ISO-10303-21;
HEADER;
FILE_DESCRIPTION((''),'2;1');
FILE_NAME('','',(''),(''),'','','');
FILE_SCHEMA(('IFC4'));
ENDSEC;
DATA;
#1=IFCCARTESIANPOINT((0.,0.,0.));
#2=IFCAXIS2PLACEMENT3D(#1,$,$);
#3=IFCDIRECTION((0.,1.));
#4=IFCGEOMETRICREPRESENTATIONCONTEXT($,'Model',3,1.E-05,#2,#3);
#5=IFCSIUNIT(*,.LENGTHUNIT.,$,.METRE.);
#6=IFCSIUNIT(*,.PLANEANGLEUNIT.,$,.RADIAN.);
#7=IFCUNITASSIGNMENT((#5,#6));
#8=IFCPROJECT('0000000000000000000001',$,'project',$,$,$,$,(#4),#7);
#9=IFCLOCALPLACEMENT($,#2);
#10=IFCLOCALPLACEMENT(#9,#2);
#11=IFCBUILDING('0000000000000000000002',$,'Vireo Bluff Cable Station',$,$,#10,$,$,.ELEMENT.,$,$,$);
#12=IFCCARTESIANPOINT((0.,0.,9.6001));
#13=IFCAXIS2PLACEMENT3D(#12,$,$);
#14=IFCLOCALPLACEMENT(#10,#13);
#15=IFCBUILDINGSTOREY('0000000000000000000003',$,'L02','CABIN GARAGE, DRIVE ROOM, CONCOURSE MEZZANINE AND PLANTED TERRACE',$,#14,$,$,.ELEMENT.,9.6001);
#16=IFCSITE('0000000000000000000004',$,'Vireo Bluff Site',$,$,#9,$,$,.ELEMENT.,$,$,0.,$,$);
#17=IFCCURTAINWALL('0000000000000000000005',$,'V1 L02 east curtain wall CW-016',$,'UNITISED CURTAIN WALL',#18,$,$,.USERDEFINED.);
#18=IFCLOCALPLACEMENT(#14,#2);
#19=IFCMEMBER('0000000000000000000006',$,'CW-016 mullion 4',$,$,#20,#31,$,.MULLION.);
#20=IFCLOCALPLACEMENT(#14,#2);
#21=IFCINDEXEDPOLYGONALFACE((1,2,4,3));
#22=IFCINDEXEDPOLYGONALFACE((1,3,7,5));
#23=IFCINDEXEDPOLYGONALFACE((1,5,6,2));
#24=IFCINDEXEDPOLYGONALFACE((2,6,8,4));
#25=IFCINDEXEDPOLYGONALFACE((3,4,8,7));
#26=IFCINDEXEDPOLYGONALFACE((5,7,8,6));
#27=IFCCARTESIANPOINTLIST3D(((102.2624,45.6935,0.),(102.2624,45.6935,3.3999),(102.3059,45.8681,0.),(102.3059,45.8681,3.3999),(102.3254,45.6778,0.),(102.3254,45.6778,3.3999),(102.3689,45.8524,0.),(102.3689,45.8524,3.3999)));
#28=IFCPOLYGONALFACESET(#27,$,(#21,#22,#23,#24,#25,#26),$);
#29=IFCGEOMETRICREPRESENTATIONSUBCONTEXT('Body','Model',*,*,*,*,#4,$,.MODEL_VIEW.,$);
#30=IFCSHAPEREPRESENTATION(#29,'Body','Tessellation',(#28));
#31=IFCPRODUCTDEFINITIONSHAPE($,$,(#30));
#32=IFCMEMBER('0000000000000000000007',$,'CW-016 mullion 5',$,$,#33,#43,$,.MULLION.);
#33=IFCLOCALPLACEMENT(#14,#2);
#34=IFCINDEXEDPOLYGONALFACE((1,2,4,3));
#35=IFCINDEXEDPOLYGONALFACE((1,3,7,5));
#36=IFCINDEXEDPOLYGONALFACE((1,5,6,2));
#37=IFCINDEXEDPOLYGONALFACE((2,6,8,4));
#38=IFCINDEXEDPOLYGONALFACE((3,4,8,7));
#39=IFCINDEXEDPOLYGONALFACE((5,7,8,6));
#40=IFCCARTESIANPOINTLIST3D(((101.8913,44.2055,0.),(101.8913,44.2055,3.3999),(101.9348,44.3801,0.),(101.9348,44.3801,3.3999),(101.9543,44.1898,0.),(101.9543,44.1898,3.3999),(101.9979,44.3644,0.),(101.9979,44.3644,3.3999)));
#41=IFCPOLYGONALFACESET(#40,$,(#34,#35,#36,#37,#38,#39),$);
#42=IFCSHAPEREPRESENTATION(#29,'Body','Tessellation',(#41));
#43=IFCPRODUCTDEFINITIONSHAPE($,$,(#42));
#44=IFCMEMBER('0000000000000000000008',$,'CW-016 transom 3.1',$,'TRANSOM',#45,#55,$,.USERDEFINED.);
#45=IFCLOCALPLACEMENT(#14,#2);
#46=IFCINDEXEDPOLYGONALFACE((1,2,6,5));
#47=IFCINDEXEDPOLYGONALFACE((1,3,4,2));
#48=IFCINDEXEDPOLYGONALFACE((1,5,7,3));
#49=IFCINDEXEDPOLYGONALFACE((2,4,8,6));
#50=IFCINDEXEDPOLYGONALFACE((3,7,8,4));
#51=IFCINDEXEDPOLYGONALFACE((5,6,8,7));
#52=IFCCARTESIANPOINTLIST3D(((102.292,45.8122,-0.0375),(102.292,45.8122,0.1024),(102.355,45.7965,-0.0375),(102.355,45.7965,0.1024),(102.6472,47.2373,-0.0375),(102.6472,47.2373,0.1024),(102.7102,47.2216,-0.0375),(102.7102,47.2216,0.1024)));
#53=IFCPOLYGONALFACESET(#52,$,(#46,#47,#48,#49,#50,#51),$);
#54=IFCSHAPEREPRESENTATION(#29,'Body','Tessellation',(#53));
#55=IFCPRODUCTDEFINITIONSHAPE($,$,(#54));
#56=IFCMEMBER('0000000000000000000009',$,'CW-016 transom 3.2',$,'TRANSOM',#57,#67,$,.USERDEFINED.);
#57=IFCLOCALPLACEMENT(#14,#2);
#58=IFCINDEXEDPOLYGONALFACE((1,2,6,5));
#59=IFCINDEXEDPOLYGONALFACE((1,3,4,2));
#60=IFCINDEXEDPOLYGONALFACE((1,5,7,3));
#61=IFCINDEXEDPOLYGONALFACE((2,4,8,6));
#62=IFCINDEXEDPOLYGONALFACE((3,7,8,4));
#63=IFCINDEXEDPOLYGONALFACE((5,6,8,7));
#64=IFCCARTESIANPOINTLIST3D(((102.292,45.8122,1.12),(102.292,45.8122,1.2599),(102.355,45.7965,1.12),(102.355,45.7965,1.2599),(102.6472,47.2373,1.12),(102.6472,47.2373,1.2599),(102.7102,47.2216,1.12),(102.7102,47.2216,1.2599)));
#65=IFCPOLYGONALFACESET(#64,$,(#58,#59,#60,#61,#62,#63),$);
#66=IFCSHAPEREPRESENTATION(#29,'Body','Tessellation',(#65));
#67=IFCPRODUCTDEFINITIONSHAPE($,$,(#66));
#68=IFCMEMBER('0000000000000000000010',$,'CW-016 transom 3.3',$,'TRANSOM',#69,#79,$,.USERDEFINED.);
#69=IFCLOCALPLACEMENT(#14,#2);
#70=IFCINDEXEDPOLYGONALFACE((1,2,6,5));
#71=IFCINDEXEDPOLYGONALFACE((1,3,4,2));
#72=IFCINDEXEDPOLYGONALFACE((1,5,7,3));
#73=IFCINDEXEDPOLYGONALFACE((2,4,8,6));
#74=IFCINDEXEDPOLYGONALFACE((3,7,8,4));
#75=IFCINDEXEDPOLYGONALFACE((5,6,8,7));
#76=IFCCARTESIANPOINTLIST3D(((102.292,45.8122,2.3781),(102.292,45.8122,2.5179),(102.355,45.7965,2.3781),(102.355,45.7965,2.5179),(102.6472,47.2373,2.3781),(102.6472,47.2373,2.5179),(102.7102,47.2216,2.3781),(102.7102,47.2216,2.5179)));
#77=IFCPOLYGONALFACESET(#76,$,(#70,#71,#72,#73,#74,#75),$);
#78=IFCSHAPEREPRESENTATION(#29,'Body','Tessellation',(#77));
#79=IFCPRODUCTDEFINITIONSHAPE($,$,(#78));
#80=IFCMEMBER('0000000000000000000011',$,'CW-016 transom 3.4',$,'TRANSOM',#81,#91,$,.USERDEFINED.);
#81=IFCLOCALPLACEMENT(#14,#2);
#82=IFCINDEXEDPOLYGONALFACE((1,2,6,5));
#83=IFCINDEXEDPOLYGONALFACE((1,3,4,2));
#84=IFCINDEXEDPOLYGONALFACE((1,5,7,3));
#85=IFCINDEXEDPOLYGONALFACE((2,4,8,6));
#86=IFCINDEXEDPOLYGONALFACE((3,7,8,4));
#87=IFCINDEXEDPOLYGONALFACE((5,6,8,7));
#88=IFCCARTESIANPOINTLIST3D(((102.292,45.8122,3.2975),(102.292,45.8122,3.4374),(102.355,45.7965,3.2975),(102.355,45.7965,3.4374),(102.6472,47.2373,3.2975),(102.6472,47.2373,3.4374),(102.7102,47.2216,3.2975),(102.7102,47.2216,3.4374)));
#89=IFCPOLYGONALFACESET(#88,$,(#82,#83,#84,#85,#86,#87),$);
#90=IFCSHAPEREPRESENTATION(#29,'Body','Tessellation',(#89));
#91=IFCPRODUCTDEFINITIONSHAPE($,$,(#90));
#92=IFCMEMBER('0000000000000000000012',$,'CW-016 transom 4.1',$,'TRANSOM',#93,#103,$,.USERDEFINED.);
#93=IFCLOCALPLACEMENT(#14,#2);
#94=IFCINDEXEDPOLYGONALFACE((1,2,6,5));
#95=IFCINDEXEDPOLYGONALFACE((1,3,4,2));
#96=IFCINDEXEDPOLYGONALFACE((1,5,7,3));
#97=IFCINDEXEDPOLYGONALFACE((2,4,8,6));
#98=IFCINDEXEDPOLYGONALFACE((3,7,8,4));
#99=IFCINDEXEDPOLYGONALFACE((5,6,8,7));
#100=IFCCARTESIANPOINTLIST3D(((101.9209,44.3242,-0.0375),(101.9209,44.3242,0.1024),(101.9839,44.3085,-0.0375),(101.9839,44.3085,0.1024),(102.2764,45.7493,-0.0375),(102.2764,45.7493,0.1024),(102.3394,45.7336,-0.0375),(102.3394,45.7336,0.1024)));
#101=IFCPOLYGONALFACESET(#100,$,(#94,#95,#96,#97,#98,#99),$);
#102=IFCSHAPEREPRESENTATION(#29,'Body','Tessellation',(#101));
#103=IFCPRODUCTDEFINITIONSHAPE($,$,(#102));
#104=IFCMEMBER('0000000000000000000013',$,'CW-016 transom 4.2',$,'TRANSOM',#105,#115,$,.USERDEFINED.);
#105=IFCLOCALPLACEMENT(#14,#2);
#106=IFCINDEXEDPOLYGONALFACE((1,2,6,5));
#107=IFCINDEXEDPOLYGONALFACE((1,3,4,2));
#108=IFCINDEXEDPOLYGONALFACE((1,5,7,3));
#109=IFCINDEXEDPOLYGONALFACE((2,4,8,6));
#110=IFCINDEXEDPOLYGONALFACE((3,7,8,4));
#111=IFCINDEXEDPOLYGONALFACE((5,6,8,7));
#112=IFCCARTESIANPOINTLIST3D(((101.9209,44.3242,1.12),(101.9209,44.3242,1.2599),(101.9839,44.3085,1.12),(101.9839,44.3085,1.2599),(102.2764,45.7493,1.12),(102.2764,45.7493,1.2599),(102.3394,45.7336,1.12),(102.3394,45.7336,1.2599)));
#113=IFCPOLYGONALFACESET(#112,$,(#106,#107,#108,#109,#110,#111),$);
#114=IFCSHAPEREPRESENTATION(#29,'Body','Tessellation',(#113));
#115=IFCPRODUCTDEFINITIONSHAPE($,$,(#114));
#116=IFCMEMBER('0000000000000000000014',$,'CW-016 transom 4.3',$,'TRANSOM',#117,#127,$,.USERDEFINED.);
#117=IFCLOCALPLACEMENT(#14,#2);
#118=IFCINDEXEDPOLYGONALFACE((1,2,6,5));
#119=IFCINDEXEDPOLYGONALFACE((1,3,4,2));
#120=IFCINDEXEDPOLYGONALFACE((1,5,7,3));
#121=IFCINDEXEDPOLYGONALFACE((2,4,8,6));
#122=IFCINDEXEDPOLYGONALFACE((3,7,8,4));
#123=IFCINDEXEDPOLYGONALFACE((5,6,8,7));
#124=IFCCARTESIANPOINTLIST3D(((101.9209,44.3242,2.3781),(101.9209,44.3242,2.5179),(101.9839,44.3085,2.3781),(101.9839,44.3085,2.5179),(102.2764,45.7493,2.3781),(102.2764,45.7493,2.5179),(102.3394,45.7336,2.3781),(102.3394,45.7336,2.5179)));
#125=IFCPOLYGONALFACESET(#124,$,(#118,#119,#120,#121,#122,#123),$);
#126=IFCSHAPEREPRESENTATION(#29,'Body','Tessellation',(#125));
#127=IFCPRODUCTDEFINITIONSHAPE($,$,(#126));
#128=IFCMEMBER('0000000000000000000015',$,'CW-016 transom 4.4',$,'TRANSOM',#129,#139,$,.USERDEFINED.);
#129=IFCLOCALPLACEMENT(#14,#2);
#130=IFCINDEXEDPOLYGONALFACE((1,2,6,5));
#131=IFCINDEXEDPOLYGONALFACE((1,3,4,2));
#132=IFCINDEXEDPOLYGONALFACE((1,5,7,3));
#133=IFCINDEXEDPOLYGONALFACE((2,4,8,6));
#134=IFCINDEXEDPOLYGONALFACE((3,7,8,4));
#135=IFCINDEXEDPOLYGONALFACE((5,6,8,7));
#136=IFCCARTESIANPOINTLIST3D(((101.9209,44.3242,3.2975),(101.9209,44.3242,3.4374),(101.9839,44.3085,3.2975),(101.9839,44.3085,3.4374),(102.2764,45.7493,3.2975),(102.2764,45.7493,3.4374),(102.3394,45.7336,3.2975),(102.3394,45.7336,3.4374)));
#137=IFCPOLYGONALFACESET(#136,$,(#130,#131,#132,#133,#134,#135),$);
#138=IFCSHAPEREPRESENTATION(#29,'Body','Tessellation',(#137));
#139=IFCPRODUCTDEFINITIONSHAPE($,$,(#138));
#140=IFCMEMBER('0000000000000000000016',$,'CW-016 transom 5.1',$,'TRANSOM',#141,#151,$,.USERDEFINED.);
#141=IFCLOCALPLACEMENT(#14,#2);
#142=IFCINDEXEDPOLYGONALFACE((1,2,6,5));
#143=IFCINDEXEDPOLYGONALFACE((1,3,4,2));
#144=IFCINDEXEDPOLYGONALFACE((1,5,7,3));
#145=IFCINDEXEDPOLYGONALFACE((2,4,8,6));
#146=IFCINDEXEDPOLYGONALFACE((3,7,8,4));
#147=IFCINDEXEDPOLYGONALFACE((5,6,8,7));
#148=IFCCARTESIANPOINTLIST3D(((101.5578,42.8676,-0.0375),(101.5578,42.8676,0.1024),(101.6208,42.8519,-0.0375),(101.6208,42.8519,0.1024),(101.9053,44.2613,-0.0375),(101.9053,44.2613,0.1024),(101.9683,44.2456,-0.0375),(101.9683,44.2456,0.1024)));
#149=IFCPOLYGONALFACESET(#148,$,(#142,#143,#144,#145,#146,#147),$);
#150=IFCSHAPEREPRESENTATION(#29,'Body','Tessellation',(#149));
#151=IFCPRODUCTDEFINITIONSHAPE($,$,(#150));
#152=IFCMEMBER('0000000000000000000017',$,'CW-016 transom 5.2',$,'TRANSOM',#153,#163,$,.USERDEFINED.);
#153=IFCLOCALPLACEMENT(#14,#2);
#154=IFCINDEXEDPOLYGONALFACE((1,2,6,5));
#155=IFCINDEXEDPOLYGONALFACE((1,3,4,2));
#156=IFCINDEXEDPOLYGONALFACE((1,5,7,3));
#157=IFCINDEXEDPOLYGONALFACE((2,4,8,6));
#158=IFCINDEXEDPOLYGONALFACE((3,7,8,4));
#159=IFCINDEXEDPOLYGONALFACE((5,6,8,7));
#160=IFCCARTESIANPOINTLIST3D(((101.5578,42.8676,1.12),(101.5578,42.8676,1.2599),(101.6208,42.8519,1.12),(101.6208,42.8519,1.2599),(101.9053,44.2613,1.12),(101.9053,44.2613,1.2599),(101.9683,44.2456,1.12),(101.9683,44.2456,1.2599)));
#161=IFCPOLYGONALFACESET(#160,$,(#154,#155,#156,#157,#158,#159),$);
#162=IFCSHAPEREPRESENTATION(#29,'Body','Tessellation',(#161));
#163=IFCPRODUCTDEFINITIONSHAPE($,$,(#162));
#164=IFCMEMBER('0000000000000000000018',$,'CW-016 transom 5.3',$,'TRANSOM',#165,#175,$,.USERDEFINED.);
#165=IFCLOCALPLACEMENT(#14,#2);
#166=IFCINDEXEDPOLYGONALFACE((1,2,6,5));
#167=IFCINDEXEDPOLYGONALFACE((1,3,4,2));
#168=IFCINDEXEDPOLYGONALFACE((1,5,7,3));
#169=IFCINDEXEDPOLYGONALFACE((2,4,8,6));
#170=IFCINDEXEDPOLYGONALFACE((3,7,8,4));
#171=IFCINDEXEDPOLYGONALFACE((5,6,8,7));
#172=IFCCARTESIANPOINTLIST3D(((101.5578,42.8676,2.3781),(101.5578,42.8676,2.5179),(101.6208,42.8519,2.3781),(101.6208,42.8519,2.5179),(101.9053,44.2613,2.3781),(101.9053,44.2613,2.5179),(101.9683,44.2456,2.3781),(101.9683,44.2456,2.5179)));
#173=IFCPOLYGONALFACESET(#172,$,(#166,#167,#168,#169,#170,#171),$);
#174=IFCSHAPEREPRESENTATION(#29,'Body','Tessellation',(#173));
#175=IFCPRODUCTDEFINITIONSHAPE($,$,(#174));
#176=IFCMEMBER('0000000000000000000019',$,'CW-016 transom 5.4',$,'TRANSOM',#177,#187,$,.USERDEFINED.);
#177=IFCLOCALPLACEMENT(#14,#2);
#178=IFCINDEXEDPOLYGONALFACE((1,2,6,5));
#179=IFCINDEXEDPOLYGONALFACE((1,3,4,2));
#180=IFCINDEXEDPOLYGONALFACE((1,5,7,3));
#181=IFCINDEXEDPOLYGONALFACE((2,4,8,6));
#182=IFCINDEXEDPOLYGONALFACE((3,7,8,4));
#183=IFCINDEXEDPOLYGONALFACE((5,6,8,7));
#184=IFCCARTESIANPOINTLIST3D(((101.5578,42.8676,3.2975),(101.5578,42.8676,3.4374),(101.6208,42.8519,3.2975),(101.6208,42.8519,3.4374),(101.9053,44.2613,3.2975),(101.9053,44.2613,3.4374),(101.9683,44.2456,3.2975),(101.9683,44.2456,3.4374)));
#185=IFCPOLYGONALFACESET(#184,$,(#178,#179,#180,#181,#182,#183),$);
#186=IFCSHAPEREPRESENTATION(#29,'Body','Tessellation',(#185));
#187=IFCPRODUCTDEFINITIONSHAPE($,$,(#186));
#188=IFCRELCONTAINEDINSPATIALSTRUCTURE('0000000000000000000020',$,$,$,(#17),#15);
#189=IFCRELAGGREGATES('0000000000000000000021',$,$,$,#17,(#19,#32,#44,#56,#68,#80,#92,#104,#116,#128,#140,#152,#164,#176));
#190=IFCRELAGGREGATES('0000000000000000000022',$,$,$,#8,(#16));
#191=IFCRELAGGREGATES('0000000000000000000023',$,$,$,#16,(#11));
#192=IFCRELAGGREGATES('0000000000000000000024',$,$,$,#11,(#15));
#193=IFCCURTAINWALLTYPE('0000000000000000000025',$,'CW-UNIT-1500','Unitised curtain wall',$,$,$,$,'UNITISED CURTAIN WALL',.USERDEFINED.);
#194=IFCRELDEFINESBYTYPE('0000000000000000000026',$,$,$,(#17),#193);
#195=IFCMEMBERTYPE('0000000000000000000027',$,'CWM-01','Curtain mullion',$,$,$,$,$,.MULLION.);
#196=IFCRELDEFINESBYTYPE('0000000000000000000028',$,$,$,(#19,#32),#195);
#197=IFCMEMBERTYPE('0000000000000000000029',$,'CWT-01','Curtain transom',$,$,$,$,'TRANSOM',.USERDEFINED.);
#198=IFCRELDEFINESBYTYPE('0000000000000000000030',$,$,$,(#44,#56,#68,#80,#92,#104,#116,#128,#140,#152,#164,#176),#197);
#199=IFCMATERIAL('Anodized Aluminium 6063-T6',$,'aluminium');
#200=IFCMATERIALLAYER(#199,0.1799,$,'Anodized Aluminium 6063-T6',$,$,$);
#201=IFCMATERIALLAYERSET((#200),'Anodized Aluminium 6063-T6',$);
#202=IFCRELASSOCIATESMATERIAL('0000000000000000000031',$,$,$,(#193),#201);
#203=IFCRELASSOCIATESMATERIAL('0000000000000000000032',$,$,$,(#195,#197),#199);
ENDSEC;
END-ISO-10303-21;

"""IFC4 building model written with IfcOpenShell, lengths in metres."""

from ifc_helpers import new_model, si_unit, direction, frame, origin, origin_2d, place, context, subcontext, project, spatial, rectangle, extrude, material, layer, layer_set, material_profile, profile_set, type_object, element, aggregate, save


model = new_model("IFC4")

# Units and contexts
model_context = context("Model", 3, precision=1e-05, world=origin(), true_north=direction((0.0, 1.0)))
body_context = subcontext(model_context, "Body", "Model", "MODEL_VIEW")
ifc_project = project(units=[si_unit("LENGTHUNIT", "METRE"), si_unit("PLANEANGLEUNIT", "RADIAN")], contexts=[model_context])

# Site, building, storey
site_placement = place(None, origin())
site = spatial("IfcSite", under=ifc_project, at=site_placement, Name="Vireo Bluff Site", CompositionType="ELEMENT", RefElevation=0.0)
building_placement = place(site_placement, origin())
building = spatial("IfcBuilding", under=site, at=building_placement, Name="Vireo Bluff Cable Station", CompositionType="ELEMENT")
storey_placement = place(building_placement, frame((0.0, 0.0, 9.6001)))
storey = spatial("IfcBuildingStorey", under=building, at=storey_placement, Name="L02", Description="CABIN GARAGE, DRIVE ROOM, CONCOURSE MEZZANINE AND PLANTED TERRACE", CompositionType="ELEMENT", Elevation=9.6001)

# Curtain wall, members
ifc_material_1 = material(Name="Anodized Aluminium 6063-T6", Category="aluminium")
ifc_layer_1 = layer(ifc_material_1, 0.1799, Name="Anodized Aluminium 6063-T6")
ifc_layer_set_1 = layer_set([ifc_layer_1], Name="Anodized Aluminium 6063-T6")
curtain_wall_type = type_object("IfcCurtainWallType", Name="CW-UNIT-1500", Description="Unitised curtain wall", ElementType="UNITISED CURTAIN WALL", PredefinedType="USERDEFINED", material=ifc_layer_set_1)
curtain_wall_placement = place(storey_placement, origin())
curtain_wall = element("IfcCurtainWall", 1, at=curtain_wall_placement, inside=storey, type_object=curtain_wall_type, Name="V1 L02 east curtain wall CW-016", ObjectType="UNITISED CURTAIN WALL", PredefinedType="USERDEFINED")
ifc_material_profile_1 = material_profile(ifc_material_1, rectangle(XDim=0.0649, YDim=0.1799, at=origin_2d()), Name="ALU-M-65X180")
ifc_profile_set_1 = profile_set([ifc_material_profile_1], Name="Anodized Aluminium 6063-T6")
member_type_1 = type_object("IfcMemberType", Name="CWM-01", Description="Curtain mullion", PredefinedType="MULLION", material=ifc_profile_set_1)
member_1_placement = place(storey_placement, frame((102.3157, 45.7729, 0.0), z_axis=(0.0, 0.0, 1.0), x_axis=(0.970296, -0.241922, 0.0)))
member_1 = element("IfcMember", 2, at=member_1_placement, type_object=member_type_1, Name="CW-016 mullion 4", PredefinedType="MULLION", context=body_context, shape_type="SweptSolid", body=[
    extrude(rectangle(XDim=0.0649, YDim=0.1799, at=origin_2d()), origin(), (0.0, 0.0, 1.0), 3.3999),
])
member_2_placement = place(storey_placement, frame((101.9446, 44.2849, 0.0), z_axis=(0.0, 0.0, 1.0), x_axis=(0.970296, -0.241922, 0.0)))
member_2 = element("IfcMember", 3, at=member_2_placement, type_object=member_type_1, Name="CW-016 mullion 5", PredefinedType="MULLION", context=body_context, shape_type="SweptSolid", body=[
    extrude(rectangle(XDim=0.0649, YDim=0.1799, at=origin_2d()), origin(), (0.0, 0.0, 1.0), 3.3999),
])
ifc_material_profile_2 = material_profile(ifc_material_1, rectangle(XDim=0.0649, YDim=0.1399, at=origin_2d()), Name="ALU-T-65X140")
ifc_profile_set_2 = profile_set([ifc_material_profile_2], Name="Anodized Aluminium 6063-T6")
member_type_2 = type_object("IfcMemberType", Name="CWT-01", Description="Curtain transom", ElementType="TRANSOM", PredefinedType="USERDEFINED", material=ifc_profile_set_2)
member_3_placement = place(storey_placement, frame((102.6787, 47.2295, 0.0325), z_axis=(-0.241871, -0.970309, 0.0), x_axis=(0.970309, -0.241871, 0.0)))
member_3 = element("IfcMember", 4, at=member_3_placement, type_object=member_type_2, Name="CW-016 transom 3.1", ObjectType="TRANSOM", PredefinedType="USERDEFINED", context=body_context, shape_type="SweptSolid", body=[
    extrude(rectangle(XDim=0.0649, YDim=0.1399, at=origin_2d()), origin(), (0.0, 0.0, 1.0), 1.4688),
])
member_4_placement = place(storey_placement, frame((102.6787, 47.2295, 1.1899), z_axis=(-0.241871, -0.970309, 0.0), x_axis=(0.970309, -0.241871, 0.0)))
member_4 = element("IfcMember", 5, at=member_4_placement, type_object=member_type_2, Name="CW-016 transom 3.2", ObjectType="TRANSOM", PredefinedType="USERDEFINED", context=body_context, shape_type="SweptSolid", body=[
    extrude(rectangle(XDim=0.0649, YDim=0.1399, at=origin_2d()), origin(), (0.0, 0.0, 1.0), 1.4688),
])
member_5_placement = place(storey_placement, frame((102.6787, 47.2295, 2.448), z_axis=(-0.241871, -0.970309, 0.0), x_axis=(0.970309, -0.241871, 0.0)))
member_5 = element("IfcMember", 6, at=member_5_placement, type_object=member_type_2, Name="CW-016 transom 3.3", ObjectType="TRANSOM", PredefinedType="USERDEFINED", context=body_context, shape_type="SweptSolid", body=[
    extrude(rectangle(XDim=0.0649, YDim=0.1399, at=origin_2d()), origin(), (0.0, 0.0, 1.0), 1.4688),
])
member_6_placement = place(storey_placement, frame((102.6787, 47.2295, 3.3674), z_axis=(-0.241871, -0.970309, 0.0), x_axis=(0.970309, -0.241871, 0.0)))
member_6 = element("IfcMember", 7, at=member_6_placement, type_object=member_type_2, Name="CW-016 transom 3.4", ObjectType="TRANSOM", PredefinedType="USERDEFINED", context=body_context, shape_type="SweptSolid", body=[
    extrude(rectangle(XDim=0.0649, YDim=0.1399, at=origin_2d()), origin(), (0.0, 0.0, 1.0), 1.4688),
])
member_7_placement = place(storey_placement, frame((102.3079, 45.7415, 0.0325), z_axis=(-0.242027, -0.970269, 0.0), x_axis=(0.970269, -0.242027, 0.0)))
member_7 = element("IfcMember", 8, at=member_7_placement, type_object=member_type_2, Name="CW-016 transom 4.1", ObjectType="TRANSOM", PredefinedType="USERDEFINED", context=body_context, shape_type="SweptSolid", body=[
    extrude(rectangle(XDim=0.0649, YDim=0.1399, at=origin_2d()), origin(), (0.0, 0.0, 1.0), 1.4688),
])
member_8_placement = place(storey_placement, frame((102.3079, 45.7415, 1.1899), z_axis=(-0.242027, -0.970269, 0.0), x_axis=(0.970269, -0.242027, 0.0)))
member_8 = element("IfcMember", 9, at=member_8_placement, type_object=member_type_2, Name="CW-016 transom 4.2", ObjectType="TRANSOM", PredefinedType="USERDEFINED", context=body_context, shape_type="SweptSolid", body=[
    extrude(rectangle(XDim=0.0649, YDim=0.1399, at=origin_2d()), origin(), (0.0, 0.0, 1.0), 1.4688),
])
member_9_placement = place(storey_placement, frame((102.3079, 45.7415, 2.448), z_axis=(-0.242027, -0.970269, 0.0), x_axis=(0.970269, -0.242027, 0.0)))
member_9 = element("IfcMember", 10, at=member_9_placement, type_object=member_type_2, Name="CW-016 transom 4.3", ObjectType="TRANSOM", PredefinedType="USERDEFINED", context=body_context, shape_type="SweptSolid", body=[
    extrude(rectangle(XDim=0.0649, YDim=0.1399, at=origin_2d()), origin(), (0.0, 0.0, 1.0), 1.4688),
])
member_10_placement = place(storey_placement, frame((102.3079, 45.7415, 3.3674), z_axis=(-0.242027, -0.970269, 0.0), x_axis=(0.970269, -0.242027, 0.0)))
member_10 = element("IfcMember", 11, at=member_10_placement, type_object=member_type_2, Name="CW-016 transom 4.4", ObjectType="TRANSOM", PredefinedType="USERDEFINED", context=body_context, shape_type="SweptSolid", body=[
    extrude(rectangle(XDim=0.0649, YDim=0.1399, at=origin_2d()), origin(), (0.0, 0.0, 1.0), 1.4688),
])
member_11_placement = place(storey_placement, frame((101.9368, 44.2534, 0.0325), z_axis=(-0.241896, -0.970302, 0.0), x_axis=(0.970302, -0.241896, 0.0)))
member_11 = element("IfcMember", 12, at=member_11_placement, type_object=member_type_2, Name="CW-016 transom 5.1", ObjectType="TRANSOM", PredefinedType="USERDEFINED", context=body_context, shape_type="SweptSolid", body=[
    extrude(rectangle(XDim=0.0649, YDim=0.1399, at=origin_2d()), origin(), (0.0, 0.0, 1.0), 1.4363),
])
member_12_placement = place(storey_placement, frame((101.9368, 44.2534, 1.1899), z_axis=(-0.241896, -0.970302, 0.0), x_axis=(0.970302, -0.241896, 0.0)))
member_12 = element("IfcMember", 13, at=member_12_placement, type_object=member_type_2, Name="CW-016 transom 5.2", ObjectType="TRANSOM", PredefinedType="USERDEFINED", context=body_context, shape_type="SweptSolid", body=[
    extrude(rectangle(XDim=0.0649, YDim=0.1399, at=origin_2d()), origin(), (0.0, 0.0, 1.0), 1.4363),
])
member_13_placement = place(storey_placement, frame((101.9368, 44.2534, 2.448), z_axis=(-0.241896, -0.970302, 0.0), x_axis=(0.970302, -0.241896, 0.0)))
member_13 = element("IfcMember", 14, at=member_13_placement, type_object=member_type_2, Name="CW-016 transom 5.3", ObjectType="TRANSOM", PredefinedType="USERDEFINED", context=body_context, shape_type="SweptSolid", body=[
    extrude(rectangle(XDim=0.0649, YDim=0.1399, at=origin_2d()), origin(), (0.0, 0.0, 1.0), 1.4363),
])
member_14_placement = place(storey_placement, frame((101.9368, 44.2534, 3.3674), z_axis=(-0.241896, -0.970302, 0.0), x_axis=(0.970302, -0.241896, 0.0)))
member_14 = element("IfcMember", 15, at=member_14_placement, type_object=member_type_2, Name="CW-016 transom 5.4", ObjectType="TRANSOM", PredefinedType="USERDEFINED", context=body_context, shape_type="SweptSolid", body=[
    extrude(rectangle(XDim=0.0649, YDim=0.1399, at=origin_2d()), origin(), (0.0, 0.0, 1.0), 1.4363),
])

aggregate(curtain_wall, [member_1, member_2, member_3, member_4, member_5, member_6, member_7, member_8, member_9, member_10, member_11, member_12, member_13, member_14])

save(model, "model.ifc")
